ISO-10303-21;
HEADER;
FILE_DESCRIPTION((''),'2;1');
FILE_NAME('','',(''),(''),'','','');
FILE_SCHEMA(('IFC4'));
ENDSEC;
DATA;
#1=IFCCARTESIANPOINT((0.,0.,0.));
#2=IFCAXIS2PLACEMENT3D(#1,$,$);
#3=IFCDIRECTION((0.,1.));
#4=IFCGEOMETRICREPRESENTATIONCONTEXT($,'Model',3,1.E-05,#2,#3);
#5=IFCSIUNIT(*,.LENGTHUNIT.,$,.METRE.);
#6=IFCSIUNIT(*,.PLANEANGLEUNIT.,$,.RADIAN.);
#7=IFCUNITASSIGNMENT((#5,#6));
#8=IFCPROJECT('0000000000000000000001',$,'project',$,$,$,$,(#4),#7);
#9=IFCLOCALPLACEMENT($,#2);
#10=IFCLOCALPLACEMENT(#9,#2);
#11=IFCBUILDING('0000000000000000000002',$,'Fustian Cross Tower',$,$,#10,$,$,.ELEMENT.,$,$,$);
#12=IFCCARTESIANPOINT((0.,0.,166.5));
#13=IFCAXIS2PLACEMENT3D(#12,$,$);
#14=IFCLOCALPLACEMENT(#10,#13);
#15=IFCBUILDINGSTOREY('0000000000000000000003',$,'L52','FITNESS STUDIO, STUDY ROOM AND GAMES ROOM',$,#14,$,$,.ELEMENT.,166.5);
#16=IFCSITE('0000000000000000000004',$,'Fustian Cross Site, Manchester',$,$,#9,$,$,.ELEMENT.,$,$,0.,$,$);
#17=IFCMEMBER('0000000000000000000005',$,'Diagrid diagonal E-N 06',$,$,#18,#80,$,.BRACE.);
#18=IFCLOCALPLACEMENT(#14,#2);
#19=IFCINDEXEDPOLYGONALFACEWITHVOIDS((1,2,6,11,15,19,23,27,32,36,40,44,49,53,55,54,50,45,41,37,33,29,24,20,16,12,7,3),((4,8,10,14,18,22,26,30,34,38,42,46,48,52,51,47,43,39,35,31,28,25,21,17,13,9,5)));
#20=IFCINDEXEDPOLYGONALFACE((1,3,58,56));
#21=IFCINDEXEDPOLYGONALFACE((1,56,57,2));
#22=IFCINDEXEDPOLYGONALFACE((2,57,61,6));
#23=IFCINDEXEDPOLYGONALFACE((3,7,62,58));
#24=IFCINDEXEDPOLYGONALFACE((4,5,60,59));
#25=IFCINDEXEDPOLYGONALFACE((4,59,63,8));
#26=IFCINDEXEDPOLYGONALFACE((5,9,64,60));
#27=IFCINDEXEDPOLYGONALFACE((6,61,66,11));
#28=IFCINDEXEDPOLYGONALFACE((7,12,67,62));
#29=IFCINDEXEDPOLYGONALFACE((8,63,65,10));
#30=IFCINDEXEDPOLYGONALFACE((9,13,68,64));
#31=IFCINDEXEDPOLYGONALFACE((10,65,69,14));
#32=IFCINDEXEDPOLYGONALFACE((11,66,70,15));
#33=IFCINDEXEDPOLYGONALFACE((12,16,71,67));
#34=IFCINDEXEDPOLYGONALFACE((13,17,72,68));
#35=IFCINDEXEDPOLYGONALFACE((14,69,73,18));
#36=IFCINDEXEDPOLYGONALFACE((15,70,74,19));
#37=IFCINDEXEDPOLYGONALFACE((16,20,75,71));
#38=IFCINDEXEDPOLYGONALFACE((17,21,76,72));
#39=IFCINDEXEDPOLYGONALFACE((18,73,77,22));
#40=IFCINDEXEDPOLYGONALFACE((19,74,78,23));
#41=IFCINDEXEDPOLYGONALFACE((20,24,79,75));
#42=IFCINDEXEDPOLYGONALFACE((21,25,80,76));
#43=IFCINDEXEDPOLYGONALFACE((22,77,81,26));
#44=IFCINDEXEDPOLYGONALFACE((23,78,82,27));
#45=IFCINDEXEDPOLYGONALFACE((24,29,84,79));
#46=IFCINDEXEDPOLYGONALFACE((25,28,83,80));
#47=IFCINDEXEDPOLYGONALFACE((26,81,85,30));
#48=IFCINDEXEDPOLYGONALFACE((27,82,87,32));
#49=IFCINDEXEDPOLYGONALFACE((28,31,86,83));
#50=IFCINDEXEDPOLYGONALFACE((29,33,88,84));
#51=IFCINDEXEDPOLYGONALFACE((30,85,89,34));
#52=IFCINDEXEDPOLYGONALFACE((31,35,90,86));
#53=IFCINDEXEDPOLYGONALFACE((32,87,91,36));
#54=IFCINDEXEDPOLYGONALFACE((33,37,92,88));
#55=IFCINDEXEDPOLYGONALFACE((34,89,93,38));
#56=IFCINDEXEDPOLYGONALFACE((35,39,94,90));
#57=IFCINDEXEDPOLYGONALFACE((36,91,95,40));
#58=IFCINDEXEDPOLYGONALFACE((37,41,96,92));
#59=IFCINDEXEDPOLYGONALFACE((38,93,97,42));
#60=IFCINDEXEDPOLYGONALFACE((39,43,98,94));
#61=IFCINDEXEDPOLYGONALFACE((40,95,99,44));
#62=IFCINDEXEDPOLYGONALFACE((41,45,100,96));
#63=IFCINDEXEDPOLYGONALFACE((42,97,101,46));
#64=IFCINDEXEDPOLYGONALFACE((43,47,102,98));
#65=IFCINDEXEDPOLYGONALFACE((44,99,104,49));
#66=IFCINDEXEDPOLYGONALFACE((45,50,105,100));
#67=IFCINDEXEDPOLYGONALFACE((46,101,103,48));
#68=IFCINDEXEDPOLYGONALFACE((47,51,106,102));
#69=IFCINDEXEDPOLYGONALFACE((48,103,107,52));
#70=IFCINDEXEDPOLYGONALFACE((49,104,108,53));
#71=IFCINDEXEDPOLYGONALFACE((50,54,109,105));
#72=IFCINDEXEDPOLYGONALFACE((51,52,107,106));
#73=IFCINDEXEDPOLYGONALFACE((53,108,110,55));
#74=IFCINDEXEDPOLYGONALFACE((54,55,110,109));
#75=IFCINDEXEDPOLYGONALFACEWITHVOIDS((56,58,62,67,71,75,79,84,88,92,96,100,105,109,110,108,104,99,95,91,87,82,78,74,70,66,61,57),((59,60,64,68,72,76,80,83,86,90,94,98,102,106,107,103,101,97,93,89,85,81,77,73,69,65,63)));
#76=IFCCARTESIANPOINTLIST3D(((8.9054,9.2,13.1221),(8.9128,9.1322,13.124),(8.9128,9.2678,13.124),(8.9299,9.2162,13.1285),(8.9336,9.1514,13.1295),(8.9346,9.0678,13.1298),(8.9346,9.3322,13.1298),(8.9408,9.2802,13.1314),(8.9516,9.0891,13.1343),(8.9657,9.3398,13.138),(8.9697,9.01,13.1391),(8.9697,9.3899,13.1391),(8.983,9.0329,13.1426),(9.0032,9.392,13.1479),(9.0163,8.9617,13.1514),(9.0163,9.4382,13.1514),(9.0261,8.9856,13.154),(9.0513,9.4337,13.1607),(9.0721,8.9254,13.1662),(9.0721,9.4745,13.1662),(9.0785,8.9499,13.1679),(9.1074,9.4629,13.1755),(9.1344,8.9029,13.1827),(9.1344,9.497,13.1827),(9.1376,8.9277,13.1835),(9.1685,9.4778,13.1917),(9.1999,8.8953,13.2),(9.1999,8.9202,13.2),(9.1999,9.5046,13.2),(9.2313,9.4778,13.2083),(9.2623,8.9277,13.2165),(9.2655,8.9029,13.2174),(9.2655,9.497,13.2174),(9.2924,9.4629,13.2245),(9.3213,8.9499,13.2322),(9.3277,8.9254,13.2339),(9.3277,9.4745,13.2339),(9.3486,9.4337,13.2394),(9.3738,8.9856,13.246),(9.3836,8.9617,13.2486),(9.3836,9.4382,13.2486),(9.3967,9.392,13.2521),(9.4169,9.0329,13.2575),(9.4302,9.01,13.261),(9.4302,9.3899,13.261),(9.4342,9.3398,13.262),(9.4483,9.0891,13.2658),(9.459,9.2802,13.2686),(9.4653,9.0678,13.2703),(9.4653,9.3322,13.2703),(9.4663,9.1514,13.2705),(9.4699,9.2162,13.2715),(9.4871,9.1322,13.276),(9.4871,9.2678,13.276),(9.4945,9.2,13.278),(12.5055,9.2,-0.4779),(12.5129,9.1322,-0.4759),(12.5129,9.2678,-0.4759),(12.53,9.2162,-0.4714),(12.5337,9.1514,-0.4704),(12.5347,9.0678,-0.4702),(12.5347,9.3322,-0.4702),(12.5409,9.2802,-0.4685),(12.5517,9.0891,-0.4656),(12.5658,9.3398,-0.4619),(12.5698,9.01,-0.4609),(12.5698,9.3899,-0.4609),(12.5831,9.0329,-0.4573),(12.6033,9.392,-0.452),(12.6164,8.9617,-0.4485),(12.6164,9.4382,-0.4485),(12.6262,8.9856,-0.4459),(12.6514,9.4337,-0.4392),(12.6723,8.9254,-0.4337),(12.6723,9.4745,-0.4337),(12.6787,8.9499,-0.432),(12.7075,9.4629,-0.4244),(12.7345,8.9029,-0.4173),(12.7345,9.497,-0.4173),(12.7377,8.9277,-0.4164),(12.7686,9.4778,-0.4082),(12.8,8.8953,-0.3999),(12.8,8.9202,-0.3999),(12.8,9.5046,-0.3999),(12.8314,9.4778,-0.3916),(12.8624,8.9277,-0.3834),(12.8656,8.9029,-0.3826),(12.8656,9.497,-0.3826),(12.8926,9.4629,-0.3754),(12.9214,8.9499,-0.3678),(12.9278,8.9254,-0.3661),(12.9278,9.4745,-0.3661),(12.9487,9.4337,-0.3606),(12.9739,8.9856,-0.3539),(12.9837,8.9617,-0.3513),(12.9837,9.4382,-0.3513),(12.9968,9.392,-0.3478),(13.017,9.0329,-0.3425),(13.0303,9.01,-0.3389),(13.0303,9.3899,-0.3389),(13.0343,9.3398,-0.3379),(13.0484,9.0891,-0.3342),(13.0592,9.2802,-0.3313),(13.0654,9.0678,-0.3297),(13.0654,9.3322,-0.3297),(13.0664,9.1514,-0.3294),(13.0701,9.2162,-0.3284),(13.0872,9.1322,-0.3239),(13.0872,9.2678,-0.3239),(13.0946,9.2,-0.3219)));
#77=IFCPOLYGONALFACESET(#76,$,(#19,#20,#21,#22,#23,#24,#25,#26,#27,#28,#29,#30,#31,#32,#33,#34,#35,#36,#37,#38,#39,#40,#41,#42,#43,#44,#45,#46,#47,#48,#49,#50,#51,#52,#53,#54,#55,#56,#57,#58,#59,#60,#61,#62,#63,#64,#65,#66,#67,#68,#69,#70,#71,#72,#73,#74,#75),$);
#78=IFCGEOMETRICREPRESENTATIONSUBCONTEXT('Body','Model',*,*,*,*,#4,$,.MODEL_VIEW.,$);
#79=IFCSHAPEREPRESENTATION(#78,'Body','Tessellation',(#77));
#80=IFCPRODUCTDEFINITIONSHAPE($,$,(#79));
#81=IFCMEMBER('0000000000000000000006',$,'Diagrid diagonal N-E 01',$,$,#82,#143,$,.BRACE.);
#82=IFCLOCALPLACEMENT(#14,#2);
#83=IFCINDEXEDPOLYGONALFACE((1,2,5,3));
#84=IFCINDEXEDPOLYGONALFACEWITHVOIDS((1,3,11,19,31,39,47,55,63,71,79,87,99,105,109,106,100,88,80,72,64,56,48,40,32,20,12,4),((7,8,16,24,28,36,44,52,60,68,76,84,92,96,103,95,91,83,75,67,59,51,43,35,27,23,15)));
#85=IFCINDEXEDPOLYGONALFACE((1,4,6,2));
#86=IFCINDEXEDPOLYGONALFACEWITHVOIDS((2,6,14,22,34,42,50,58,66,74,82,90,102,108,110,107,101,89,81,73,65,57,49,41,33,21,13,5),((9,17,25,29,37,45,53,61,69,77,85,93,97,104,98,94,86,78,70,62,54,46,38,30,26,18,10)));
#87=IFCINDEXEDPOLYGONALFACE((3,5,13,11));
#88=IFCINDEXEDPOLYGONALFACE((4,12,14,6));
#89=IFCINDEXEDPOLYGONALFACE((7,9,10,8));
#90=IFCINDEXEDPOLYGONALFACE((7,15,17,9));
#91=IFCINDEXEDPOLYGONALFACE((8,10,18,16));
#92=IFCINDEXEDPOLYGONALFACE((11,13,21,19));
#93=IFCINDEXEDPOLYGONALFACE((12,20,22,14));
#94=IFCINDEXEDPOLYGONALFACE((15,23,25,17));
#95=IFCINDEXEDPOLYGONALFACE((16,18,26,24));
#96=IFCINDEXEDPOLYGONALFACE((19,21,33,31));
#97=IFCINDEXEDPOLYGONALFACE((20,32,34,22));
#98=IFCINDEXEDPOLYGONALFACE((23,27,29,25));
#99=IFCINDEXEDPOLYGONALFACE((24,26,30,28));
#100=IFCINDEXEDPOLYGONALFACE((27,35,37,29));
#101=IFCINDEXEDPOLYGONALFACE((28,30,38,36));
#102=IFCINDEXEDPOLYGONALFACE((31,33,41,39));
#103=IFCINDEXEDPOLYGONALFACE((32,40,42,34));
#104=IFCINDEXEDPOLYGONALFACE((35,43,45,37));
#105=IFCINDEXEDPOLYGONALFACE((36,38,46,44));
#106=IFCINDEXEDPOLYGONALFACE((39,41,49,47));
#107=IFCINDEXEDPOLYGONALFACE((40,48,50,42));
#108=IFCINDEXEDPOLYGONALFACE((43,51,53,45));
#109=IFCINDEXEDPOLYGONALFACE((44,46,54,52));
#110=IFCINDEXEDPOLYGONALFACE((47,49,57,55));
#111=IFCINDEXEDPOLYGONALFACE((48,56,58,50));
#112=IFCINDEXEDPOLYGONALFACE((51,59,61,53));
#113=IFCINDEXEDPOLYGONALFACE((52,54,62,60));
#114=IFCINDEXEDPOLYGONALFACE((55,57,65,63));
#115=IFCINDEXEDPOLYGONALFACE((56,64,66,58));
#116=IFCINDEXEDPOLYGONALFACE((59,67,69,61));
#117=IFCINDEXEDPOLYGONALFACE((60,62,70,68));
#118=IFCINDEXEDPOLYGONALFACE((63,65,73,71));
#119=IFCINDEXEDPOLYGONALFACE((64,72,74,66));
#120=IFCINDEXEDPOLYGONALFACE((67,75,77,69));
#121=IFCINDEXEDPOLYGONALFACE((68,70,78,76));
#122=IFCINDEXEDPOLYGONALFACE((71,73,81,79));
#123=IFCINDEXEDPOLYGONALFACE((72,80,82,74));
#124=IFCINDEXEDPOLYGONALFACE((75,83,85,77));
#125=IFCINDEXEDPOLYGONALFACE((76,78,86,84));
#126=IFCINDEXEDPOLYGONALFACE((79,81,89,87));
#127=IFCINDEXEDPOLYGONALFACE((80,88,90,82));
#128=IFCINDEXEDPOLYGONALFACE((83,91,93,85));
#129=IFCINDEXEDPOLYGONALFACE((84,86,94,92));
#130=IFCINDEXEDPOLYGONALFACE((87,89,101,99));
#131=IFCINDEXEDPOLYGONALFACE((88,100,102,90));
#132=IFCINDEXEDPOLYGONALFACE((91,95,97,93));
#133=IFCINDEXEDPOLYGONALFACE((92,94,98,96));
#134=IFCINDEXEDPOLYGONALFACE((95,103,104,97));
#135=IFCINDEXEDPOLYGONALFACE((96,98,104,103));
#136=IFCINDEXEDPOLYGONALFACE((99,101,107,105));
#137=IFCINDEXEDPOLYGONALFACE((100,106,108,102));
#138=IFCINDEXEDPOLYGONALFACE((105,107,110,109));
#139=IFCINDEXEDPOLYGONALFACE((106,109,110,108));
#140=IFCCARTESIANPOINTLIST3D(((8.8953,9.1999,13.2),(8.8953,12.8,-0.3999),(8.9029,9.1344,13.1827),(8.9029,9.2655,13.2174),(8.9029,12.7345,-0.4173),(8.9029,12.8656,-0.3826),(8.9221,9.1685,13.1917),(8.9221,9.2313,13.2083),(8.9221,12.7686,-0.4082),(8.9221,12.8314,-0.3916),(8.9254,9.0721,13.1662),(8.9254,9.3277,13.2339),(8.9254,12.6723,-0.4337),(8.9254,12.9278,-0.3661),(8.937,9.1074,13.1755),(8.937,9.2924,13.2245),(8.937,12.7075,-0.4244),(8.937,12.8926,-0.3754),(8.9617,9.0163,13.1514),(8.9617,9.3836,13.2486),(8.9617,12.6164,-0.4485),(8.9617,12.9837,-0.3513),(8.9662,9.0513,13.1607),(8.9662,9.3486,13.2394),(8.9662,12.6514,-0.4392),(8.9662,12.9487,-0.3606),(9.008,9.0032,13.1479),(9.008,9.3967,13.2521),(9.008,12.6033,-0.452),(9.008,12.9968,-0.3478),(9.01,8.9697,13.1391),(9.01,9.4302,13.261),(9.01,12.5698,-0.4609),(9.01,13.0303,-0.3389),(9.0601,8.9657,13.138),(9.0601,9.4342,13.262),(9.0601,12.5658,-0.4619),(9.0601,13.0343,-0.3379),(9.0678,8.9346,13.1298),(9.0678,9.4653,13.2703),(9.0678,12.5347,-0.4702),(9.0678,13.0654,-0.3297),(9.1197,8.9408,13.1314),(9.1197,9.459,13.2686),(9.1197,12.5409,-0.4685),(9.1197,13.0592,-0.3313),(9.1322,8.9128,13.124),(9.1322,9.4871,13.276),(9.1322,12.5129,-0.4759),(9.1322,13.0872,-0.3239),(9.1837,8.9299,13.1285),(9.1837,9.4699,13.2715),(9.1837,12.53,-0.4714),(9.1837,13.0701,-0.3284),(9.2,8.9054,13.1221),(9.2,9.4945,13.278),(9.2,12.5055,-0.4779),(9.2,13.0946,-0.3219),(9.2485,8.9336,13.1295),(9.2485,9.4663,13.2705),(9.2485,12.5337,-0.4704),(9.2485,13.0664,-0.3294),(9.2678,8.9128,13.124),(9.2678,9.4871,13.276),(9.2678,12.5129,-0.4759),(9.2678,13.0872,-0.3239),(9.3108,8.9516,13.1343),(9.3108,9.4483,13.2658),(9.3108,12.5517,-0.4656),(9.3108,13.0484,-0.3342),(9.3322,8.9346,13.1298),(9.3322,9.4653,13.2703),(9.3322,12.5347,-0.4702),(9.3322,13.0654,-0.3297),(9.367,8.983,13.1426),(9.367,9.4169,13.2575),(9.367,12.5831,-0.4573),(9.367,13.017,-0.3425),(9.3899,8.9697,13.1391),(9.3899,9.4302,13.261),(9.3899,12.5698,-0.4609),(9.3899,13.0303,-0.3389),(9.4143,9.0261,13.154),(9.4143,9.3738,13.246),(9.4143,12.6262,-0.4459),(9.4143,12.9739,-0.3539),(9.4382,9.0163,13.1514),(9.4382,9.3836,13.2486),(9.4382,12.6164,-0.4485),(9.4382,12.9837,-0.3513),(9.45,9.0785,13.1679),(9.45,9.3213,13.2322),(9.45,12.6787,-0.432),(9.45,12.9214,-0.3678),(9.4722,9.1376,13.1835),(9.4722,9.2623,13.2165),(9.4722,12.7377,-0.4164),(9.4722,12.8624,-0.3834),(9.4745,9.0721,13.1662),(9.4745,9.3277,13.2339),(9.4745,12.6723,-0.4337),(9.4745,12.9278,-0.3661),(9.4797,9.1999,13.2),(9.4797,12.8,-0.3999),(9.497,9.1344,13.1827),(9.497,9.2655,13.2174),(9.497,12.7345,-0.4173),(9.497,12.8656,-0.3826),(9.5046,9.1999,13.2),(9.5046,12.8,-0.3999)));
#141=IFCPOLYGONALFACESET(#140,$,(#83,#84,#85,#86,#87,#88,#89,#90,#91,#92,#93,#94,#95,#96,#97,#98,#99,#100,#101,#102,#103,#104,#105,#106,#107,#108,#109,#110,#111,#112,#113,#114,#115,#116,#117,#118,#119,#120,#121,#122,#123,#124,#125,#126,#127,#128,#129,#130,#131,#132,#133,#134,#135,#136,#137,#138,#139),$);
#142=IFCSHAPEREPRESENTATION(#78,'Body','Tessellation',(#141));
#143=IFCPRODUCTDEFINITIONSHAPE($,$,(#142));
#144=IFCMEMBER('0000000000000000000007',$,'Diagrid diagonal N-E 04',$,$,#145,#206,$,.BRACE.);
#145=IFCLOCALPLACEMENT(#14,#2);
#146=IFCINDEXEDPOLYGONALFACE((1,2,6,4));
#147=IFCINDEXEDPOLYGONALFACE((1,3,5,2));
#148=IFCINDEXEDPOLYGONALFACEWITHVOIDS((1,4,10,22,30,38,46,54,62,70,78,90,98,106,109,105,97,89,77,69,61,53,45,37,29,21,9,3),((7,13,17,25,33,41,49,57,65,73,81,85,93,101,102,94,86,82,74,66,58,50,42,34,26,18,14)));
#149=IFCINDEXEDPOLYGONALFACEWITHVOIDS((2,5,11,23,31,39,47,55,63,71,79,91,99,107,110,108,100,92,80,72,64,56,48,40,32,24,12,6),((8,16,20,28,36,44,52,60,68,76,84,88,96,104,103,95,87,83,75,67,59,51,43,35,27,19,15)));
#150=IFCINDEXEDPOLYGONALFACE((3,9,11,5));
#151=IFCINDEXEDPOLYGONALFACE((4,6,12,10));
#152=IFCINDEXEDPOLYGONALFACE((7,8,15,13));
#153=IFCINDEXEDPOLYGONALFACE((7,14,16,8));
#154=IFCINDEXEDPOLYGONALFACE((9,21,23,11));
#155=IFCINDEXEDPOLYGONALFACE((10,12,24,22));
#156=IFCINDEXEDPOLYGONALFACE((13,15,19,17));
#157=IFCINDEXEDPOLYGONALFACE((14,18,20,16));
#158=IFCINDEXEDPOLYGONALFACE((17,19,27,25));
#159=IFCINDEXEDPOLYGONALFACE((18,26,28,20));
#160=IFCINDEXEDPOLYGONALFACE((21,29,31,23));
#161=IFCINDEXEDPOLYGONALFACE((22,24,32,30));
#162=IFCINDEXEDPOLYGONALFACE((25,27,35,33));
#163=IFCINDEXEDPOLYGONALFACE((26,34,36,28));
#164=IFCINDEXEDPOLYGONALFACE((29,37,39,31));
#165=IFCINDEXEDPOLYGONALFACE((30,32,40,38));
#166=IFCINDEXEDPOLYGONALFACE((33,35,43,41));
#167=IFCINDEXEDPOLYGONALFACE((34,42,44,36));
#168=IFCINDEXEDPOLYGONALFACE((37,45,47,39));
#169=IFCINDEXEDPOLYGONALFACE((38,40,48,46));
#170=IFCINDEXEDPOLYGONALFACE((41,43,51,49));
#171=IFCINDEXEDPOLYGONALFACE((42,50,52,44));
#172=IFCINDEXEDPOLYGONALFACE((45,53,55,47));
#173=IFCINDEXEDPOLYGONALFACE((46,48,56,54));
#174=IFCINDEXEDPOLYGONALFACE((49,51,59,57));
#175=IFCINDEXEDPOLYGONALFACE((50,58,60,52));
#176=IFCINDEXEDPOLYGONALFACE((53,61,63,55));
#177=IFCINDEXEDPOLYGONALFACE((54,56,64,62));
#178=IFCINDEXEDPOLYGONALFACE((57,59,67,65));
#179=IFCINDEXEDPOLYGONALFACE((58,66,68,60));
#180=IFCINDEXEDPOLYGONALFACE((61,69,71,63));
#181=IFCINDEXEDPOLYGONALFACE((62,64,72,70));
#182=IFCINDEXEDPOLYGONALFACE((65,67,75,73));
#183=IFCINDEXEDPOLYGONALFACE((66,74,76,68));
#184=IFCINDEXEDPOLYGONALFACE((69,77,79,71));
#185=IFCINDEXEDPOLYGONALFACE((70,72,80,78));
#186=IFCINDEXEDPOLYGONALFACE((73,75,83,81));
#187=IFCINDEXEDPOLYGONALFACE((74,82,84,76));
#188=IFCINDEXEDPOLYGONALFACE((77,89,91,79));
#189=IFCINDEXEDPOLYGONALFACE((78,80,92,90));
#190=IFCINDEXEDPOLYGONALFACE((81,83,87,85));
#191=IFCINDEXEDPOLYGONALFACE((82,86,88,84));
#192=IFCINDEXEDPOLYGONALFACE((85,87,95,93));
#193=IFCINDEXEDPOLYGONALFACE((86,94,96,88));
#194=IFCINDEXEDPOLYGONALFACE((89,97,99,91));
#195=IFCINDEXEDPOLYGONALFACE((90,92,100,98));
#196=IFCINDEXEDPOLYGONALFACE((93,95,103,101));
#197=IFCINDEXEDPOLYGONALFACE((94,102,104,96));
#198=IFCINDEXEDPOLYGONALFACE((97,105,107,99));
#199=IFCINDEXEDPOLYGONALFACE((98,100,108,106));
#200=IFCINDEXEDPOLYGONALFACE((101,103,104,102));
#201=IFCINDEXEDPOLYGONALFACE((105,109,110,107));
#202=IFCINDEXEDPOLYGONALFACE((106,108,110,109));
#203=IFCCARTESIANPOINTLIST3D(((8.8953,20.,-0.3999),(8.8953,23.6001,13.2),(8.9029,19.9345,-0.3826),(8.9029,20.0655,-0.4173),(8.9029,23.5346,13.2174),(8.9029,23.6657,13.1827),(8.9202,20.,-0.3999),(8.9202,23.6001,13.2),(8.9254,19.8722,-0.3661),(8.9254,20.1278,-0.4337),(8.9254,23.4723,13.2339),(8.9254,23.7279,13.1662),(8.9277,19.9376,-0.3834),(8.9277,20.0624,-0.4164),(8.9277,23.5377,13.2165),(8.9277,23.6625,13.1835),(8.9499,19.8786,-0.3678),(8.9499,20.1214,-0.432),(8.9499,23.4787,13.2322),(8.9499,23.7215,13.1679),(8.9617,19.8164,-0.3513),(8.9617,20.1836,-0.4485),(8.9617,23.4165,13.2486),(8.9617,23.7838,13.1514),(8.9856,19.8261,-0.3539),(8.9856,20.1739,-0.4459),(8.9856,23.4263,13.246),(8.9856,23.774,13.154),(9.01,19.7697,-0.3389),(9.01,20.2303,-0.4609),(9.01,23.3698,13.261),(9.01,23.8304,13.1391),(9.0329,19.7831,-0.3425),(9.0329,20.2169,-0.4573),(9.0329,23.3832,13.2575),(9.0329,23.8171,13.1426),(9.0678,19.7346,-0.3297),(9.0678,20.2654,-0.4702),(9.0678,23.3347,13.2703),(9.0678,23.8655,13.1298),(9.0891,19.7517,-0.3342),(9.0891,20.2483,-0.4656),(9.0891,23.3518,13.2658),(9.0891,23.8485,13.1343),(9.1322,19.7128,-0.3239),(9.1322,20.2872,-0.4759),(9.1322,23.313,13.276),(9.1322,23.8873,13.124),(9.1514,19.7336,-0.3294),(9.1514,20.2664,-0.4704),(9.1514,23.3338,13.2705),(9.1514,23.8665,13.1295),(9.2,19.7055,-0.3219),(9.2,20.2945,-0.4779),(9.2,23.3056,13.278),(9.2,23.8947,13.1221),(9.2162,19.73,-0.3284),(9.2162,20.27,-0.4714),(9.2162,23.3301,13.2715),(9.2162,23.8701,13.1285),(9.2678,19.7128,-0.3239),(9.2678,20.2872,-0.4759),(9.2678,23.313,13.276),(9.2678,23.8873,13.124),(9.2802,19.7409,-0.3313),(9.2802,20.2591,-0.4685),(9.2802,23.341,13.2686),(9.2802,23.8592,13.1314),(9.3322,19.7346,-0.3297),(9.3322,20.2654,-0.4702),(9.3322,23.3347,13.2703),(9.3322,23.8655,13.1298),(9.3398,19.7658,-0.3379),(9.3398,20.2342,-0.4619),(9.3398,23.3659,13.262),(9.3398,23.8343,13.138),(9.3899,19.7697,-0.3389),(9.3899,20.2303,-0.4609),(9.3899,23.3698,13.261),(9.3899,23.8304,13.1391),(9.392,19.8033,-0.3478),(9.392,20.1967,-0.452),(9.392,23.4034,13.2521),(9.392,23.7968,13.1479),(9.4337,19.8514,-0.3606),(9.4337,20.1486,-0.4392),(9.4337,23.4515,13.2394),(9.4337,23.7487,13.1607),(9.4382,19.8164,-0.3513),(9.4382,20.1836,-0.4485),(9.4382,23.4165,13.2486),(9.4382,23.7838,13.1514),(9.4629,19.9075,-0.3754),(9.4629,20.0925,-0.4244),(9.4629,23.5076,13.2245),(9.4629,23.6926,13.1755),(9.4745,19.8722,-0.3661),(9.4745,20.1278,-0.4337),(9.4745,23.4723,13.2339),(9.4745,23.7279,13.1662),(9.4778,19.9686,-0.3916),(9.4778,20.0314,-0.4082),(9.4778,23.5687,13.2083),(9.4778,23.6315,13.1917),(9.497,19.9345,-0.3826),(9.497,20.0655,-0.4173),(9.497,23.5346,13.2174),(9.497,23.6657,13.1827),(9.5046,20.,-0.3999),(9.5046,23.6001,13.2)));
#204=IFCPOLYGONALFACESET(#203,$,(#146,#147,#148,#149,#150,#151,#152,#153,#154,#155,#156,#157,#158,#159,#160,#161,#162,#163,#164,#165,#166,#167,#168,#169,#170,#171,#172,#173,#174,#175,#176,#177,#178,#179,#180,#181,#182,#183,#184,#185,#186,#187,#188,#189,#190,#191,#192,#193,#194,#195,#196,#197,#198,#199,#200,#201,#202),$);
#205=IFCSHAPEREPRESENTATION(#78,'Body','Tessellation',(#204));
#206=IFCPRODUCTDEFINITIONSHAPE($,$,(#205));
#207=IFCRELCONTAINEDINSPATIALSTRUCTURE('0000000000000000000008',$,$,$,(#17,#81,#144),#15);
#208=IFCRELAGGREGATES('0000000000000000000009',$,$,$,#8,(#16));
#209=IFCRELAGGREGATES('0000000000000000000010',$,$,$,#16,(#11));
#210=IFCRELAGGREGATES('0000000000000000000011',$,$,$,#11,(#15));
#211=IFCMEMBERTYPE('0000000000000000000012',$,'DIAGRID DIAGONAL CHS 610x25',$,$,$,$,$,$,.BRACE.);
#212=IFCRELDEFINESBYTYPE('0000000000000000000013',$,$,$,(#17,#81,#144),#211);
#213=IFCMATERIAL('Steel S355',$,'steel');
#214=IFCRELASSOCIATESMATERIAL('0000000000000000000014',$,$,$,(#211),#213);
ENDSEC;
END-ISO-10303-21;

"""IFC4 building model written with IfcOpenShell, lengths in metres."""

from ifc_helpers import new_model, si_unit, direction, frame, origin, origin_2d, place, context, subcontext, project, spatial, hollow_circle, extrude, material, material_profile, profile_set, type_object, element, save


model = new_model("IFC4")

# Units and contexts
model_context = context("Model", 3, precision=1e-05, world=origin(), true_north=direction((0.0, 1.0)))
body_context = subcontext(model_context, "Body", "Model", "MODEL_VIEW")
ifc_project = project(units=[si_unit("LENGTHUNIT", "METRE"), si_unit("PLANEANGLEUNIT", "RADIAN")], contexts=[model_context])

# Site, building, storey
site_placement = place(None, origin())
site = spatial("IfcSite", under=ifc_project, at=site_placement, Name="Fustian Cross Site, Manchester", CompositionType="ELEMENT", RefElevation=0.0)
building_placement = place(site_placement, origin())
building = spatial("IfcBuilding", under=site, at=building_placement, Name="Fustian Cross Tower", CompositionType="ELEMENT")
storey_placement = place(building_placement, frame((0.0, 0.0, 166.5)))
storey = spatial("IfcBuildingStorey", under=building, at=storey_placement, Name="L52", Description="FITNESS STUDIO, STUDY ROOM AND GAMES ROOM", CompositionType="ELEMENT", Elevation=166.5)

# Members
ifc_material_1 = material(Name="Steel S355", Category="steel")
ifc_material_profile_1 = material_profile(ifc_material_1, hollow_circle(Radius=0.3047, WallThickness=0.0249, at=origin_2d()), Name="CHS 610x25")
ifc_profile_set_1 = profile_set([ifc_material_profile_1], Name="Steel S355")
member_type_1 = type_object("IfcMemberType", Name="DIAGRID DIAGONAL CHS 610x25", PredefinedType="BRACE", material=ifc_profile_set_1)
for number, where, z_axis, x_axis, name in (
    (1, (12.8, 9.2, -0.3999), (-0.255902, 0.0, 0.966703), (0.0, -1.0, 0.0), "Diagrid diagonal E-N 06"),
    (2, (9.2, 12.8, -0.3999), (0.0, -0.255902, 0.966703), (1.0, 0.0, 0.0), "Diagrid diagonal N-E 01"),
    (3, (9.2, 20.0, -0.3999), (0.0, 0.255902, 0.966703), (-1.0, 0.0, 0.0), "Diagrid diagonal N-E 04"),
):
    element("IfcMember", number, at=place(storey_placement, frame(where, z_axis=z_axis, x_axis=x_axis)), inside=storey, type_object=member_type_1, Name=name, PredefinedType="BRACE", context=body_context, shape_type="SweptSolid", body=[
        extrude(hollow_circle(Radius=0.3047, WallThickness=0.0249, at=origin_2d()), origin(), (0.0, 0.0, 1.0), 14.0684),
    ])

save(model, "model.ifc")
